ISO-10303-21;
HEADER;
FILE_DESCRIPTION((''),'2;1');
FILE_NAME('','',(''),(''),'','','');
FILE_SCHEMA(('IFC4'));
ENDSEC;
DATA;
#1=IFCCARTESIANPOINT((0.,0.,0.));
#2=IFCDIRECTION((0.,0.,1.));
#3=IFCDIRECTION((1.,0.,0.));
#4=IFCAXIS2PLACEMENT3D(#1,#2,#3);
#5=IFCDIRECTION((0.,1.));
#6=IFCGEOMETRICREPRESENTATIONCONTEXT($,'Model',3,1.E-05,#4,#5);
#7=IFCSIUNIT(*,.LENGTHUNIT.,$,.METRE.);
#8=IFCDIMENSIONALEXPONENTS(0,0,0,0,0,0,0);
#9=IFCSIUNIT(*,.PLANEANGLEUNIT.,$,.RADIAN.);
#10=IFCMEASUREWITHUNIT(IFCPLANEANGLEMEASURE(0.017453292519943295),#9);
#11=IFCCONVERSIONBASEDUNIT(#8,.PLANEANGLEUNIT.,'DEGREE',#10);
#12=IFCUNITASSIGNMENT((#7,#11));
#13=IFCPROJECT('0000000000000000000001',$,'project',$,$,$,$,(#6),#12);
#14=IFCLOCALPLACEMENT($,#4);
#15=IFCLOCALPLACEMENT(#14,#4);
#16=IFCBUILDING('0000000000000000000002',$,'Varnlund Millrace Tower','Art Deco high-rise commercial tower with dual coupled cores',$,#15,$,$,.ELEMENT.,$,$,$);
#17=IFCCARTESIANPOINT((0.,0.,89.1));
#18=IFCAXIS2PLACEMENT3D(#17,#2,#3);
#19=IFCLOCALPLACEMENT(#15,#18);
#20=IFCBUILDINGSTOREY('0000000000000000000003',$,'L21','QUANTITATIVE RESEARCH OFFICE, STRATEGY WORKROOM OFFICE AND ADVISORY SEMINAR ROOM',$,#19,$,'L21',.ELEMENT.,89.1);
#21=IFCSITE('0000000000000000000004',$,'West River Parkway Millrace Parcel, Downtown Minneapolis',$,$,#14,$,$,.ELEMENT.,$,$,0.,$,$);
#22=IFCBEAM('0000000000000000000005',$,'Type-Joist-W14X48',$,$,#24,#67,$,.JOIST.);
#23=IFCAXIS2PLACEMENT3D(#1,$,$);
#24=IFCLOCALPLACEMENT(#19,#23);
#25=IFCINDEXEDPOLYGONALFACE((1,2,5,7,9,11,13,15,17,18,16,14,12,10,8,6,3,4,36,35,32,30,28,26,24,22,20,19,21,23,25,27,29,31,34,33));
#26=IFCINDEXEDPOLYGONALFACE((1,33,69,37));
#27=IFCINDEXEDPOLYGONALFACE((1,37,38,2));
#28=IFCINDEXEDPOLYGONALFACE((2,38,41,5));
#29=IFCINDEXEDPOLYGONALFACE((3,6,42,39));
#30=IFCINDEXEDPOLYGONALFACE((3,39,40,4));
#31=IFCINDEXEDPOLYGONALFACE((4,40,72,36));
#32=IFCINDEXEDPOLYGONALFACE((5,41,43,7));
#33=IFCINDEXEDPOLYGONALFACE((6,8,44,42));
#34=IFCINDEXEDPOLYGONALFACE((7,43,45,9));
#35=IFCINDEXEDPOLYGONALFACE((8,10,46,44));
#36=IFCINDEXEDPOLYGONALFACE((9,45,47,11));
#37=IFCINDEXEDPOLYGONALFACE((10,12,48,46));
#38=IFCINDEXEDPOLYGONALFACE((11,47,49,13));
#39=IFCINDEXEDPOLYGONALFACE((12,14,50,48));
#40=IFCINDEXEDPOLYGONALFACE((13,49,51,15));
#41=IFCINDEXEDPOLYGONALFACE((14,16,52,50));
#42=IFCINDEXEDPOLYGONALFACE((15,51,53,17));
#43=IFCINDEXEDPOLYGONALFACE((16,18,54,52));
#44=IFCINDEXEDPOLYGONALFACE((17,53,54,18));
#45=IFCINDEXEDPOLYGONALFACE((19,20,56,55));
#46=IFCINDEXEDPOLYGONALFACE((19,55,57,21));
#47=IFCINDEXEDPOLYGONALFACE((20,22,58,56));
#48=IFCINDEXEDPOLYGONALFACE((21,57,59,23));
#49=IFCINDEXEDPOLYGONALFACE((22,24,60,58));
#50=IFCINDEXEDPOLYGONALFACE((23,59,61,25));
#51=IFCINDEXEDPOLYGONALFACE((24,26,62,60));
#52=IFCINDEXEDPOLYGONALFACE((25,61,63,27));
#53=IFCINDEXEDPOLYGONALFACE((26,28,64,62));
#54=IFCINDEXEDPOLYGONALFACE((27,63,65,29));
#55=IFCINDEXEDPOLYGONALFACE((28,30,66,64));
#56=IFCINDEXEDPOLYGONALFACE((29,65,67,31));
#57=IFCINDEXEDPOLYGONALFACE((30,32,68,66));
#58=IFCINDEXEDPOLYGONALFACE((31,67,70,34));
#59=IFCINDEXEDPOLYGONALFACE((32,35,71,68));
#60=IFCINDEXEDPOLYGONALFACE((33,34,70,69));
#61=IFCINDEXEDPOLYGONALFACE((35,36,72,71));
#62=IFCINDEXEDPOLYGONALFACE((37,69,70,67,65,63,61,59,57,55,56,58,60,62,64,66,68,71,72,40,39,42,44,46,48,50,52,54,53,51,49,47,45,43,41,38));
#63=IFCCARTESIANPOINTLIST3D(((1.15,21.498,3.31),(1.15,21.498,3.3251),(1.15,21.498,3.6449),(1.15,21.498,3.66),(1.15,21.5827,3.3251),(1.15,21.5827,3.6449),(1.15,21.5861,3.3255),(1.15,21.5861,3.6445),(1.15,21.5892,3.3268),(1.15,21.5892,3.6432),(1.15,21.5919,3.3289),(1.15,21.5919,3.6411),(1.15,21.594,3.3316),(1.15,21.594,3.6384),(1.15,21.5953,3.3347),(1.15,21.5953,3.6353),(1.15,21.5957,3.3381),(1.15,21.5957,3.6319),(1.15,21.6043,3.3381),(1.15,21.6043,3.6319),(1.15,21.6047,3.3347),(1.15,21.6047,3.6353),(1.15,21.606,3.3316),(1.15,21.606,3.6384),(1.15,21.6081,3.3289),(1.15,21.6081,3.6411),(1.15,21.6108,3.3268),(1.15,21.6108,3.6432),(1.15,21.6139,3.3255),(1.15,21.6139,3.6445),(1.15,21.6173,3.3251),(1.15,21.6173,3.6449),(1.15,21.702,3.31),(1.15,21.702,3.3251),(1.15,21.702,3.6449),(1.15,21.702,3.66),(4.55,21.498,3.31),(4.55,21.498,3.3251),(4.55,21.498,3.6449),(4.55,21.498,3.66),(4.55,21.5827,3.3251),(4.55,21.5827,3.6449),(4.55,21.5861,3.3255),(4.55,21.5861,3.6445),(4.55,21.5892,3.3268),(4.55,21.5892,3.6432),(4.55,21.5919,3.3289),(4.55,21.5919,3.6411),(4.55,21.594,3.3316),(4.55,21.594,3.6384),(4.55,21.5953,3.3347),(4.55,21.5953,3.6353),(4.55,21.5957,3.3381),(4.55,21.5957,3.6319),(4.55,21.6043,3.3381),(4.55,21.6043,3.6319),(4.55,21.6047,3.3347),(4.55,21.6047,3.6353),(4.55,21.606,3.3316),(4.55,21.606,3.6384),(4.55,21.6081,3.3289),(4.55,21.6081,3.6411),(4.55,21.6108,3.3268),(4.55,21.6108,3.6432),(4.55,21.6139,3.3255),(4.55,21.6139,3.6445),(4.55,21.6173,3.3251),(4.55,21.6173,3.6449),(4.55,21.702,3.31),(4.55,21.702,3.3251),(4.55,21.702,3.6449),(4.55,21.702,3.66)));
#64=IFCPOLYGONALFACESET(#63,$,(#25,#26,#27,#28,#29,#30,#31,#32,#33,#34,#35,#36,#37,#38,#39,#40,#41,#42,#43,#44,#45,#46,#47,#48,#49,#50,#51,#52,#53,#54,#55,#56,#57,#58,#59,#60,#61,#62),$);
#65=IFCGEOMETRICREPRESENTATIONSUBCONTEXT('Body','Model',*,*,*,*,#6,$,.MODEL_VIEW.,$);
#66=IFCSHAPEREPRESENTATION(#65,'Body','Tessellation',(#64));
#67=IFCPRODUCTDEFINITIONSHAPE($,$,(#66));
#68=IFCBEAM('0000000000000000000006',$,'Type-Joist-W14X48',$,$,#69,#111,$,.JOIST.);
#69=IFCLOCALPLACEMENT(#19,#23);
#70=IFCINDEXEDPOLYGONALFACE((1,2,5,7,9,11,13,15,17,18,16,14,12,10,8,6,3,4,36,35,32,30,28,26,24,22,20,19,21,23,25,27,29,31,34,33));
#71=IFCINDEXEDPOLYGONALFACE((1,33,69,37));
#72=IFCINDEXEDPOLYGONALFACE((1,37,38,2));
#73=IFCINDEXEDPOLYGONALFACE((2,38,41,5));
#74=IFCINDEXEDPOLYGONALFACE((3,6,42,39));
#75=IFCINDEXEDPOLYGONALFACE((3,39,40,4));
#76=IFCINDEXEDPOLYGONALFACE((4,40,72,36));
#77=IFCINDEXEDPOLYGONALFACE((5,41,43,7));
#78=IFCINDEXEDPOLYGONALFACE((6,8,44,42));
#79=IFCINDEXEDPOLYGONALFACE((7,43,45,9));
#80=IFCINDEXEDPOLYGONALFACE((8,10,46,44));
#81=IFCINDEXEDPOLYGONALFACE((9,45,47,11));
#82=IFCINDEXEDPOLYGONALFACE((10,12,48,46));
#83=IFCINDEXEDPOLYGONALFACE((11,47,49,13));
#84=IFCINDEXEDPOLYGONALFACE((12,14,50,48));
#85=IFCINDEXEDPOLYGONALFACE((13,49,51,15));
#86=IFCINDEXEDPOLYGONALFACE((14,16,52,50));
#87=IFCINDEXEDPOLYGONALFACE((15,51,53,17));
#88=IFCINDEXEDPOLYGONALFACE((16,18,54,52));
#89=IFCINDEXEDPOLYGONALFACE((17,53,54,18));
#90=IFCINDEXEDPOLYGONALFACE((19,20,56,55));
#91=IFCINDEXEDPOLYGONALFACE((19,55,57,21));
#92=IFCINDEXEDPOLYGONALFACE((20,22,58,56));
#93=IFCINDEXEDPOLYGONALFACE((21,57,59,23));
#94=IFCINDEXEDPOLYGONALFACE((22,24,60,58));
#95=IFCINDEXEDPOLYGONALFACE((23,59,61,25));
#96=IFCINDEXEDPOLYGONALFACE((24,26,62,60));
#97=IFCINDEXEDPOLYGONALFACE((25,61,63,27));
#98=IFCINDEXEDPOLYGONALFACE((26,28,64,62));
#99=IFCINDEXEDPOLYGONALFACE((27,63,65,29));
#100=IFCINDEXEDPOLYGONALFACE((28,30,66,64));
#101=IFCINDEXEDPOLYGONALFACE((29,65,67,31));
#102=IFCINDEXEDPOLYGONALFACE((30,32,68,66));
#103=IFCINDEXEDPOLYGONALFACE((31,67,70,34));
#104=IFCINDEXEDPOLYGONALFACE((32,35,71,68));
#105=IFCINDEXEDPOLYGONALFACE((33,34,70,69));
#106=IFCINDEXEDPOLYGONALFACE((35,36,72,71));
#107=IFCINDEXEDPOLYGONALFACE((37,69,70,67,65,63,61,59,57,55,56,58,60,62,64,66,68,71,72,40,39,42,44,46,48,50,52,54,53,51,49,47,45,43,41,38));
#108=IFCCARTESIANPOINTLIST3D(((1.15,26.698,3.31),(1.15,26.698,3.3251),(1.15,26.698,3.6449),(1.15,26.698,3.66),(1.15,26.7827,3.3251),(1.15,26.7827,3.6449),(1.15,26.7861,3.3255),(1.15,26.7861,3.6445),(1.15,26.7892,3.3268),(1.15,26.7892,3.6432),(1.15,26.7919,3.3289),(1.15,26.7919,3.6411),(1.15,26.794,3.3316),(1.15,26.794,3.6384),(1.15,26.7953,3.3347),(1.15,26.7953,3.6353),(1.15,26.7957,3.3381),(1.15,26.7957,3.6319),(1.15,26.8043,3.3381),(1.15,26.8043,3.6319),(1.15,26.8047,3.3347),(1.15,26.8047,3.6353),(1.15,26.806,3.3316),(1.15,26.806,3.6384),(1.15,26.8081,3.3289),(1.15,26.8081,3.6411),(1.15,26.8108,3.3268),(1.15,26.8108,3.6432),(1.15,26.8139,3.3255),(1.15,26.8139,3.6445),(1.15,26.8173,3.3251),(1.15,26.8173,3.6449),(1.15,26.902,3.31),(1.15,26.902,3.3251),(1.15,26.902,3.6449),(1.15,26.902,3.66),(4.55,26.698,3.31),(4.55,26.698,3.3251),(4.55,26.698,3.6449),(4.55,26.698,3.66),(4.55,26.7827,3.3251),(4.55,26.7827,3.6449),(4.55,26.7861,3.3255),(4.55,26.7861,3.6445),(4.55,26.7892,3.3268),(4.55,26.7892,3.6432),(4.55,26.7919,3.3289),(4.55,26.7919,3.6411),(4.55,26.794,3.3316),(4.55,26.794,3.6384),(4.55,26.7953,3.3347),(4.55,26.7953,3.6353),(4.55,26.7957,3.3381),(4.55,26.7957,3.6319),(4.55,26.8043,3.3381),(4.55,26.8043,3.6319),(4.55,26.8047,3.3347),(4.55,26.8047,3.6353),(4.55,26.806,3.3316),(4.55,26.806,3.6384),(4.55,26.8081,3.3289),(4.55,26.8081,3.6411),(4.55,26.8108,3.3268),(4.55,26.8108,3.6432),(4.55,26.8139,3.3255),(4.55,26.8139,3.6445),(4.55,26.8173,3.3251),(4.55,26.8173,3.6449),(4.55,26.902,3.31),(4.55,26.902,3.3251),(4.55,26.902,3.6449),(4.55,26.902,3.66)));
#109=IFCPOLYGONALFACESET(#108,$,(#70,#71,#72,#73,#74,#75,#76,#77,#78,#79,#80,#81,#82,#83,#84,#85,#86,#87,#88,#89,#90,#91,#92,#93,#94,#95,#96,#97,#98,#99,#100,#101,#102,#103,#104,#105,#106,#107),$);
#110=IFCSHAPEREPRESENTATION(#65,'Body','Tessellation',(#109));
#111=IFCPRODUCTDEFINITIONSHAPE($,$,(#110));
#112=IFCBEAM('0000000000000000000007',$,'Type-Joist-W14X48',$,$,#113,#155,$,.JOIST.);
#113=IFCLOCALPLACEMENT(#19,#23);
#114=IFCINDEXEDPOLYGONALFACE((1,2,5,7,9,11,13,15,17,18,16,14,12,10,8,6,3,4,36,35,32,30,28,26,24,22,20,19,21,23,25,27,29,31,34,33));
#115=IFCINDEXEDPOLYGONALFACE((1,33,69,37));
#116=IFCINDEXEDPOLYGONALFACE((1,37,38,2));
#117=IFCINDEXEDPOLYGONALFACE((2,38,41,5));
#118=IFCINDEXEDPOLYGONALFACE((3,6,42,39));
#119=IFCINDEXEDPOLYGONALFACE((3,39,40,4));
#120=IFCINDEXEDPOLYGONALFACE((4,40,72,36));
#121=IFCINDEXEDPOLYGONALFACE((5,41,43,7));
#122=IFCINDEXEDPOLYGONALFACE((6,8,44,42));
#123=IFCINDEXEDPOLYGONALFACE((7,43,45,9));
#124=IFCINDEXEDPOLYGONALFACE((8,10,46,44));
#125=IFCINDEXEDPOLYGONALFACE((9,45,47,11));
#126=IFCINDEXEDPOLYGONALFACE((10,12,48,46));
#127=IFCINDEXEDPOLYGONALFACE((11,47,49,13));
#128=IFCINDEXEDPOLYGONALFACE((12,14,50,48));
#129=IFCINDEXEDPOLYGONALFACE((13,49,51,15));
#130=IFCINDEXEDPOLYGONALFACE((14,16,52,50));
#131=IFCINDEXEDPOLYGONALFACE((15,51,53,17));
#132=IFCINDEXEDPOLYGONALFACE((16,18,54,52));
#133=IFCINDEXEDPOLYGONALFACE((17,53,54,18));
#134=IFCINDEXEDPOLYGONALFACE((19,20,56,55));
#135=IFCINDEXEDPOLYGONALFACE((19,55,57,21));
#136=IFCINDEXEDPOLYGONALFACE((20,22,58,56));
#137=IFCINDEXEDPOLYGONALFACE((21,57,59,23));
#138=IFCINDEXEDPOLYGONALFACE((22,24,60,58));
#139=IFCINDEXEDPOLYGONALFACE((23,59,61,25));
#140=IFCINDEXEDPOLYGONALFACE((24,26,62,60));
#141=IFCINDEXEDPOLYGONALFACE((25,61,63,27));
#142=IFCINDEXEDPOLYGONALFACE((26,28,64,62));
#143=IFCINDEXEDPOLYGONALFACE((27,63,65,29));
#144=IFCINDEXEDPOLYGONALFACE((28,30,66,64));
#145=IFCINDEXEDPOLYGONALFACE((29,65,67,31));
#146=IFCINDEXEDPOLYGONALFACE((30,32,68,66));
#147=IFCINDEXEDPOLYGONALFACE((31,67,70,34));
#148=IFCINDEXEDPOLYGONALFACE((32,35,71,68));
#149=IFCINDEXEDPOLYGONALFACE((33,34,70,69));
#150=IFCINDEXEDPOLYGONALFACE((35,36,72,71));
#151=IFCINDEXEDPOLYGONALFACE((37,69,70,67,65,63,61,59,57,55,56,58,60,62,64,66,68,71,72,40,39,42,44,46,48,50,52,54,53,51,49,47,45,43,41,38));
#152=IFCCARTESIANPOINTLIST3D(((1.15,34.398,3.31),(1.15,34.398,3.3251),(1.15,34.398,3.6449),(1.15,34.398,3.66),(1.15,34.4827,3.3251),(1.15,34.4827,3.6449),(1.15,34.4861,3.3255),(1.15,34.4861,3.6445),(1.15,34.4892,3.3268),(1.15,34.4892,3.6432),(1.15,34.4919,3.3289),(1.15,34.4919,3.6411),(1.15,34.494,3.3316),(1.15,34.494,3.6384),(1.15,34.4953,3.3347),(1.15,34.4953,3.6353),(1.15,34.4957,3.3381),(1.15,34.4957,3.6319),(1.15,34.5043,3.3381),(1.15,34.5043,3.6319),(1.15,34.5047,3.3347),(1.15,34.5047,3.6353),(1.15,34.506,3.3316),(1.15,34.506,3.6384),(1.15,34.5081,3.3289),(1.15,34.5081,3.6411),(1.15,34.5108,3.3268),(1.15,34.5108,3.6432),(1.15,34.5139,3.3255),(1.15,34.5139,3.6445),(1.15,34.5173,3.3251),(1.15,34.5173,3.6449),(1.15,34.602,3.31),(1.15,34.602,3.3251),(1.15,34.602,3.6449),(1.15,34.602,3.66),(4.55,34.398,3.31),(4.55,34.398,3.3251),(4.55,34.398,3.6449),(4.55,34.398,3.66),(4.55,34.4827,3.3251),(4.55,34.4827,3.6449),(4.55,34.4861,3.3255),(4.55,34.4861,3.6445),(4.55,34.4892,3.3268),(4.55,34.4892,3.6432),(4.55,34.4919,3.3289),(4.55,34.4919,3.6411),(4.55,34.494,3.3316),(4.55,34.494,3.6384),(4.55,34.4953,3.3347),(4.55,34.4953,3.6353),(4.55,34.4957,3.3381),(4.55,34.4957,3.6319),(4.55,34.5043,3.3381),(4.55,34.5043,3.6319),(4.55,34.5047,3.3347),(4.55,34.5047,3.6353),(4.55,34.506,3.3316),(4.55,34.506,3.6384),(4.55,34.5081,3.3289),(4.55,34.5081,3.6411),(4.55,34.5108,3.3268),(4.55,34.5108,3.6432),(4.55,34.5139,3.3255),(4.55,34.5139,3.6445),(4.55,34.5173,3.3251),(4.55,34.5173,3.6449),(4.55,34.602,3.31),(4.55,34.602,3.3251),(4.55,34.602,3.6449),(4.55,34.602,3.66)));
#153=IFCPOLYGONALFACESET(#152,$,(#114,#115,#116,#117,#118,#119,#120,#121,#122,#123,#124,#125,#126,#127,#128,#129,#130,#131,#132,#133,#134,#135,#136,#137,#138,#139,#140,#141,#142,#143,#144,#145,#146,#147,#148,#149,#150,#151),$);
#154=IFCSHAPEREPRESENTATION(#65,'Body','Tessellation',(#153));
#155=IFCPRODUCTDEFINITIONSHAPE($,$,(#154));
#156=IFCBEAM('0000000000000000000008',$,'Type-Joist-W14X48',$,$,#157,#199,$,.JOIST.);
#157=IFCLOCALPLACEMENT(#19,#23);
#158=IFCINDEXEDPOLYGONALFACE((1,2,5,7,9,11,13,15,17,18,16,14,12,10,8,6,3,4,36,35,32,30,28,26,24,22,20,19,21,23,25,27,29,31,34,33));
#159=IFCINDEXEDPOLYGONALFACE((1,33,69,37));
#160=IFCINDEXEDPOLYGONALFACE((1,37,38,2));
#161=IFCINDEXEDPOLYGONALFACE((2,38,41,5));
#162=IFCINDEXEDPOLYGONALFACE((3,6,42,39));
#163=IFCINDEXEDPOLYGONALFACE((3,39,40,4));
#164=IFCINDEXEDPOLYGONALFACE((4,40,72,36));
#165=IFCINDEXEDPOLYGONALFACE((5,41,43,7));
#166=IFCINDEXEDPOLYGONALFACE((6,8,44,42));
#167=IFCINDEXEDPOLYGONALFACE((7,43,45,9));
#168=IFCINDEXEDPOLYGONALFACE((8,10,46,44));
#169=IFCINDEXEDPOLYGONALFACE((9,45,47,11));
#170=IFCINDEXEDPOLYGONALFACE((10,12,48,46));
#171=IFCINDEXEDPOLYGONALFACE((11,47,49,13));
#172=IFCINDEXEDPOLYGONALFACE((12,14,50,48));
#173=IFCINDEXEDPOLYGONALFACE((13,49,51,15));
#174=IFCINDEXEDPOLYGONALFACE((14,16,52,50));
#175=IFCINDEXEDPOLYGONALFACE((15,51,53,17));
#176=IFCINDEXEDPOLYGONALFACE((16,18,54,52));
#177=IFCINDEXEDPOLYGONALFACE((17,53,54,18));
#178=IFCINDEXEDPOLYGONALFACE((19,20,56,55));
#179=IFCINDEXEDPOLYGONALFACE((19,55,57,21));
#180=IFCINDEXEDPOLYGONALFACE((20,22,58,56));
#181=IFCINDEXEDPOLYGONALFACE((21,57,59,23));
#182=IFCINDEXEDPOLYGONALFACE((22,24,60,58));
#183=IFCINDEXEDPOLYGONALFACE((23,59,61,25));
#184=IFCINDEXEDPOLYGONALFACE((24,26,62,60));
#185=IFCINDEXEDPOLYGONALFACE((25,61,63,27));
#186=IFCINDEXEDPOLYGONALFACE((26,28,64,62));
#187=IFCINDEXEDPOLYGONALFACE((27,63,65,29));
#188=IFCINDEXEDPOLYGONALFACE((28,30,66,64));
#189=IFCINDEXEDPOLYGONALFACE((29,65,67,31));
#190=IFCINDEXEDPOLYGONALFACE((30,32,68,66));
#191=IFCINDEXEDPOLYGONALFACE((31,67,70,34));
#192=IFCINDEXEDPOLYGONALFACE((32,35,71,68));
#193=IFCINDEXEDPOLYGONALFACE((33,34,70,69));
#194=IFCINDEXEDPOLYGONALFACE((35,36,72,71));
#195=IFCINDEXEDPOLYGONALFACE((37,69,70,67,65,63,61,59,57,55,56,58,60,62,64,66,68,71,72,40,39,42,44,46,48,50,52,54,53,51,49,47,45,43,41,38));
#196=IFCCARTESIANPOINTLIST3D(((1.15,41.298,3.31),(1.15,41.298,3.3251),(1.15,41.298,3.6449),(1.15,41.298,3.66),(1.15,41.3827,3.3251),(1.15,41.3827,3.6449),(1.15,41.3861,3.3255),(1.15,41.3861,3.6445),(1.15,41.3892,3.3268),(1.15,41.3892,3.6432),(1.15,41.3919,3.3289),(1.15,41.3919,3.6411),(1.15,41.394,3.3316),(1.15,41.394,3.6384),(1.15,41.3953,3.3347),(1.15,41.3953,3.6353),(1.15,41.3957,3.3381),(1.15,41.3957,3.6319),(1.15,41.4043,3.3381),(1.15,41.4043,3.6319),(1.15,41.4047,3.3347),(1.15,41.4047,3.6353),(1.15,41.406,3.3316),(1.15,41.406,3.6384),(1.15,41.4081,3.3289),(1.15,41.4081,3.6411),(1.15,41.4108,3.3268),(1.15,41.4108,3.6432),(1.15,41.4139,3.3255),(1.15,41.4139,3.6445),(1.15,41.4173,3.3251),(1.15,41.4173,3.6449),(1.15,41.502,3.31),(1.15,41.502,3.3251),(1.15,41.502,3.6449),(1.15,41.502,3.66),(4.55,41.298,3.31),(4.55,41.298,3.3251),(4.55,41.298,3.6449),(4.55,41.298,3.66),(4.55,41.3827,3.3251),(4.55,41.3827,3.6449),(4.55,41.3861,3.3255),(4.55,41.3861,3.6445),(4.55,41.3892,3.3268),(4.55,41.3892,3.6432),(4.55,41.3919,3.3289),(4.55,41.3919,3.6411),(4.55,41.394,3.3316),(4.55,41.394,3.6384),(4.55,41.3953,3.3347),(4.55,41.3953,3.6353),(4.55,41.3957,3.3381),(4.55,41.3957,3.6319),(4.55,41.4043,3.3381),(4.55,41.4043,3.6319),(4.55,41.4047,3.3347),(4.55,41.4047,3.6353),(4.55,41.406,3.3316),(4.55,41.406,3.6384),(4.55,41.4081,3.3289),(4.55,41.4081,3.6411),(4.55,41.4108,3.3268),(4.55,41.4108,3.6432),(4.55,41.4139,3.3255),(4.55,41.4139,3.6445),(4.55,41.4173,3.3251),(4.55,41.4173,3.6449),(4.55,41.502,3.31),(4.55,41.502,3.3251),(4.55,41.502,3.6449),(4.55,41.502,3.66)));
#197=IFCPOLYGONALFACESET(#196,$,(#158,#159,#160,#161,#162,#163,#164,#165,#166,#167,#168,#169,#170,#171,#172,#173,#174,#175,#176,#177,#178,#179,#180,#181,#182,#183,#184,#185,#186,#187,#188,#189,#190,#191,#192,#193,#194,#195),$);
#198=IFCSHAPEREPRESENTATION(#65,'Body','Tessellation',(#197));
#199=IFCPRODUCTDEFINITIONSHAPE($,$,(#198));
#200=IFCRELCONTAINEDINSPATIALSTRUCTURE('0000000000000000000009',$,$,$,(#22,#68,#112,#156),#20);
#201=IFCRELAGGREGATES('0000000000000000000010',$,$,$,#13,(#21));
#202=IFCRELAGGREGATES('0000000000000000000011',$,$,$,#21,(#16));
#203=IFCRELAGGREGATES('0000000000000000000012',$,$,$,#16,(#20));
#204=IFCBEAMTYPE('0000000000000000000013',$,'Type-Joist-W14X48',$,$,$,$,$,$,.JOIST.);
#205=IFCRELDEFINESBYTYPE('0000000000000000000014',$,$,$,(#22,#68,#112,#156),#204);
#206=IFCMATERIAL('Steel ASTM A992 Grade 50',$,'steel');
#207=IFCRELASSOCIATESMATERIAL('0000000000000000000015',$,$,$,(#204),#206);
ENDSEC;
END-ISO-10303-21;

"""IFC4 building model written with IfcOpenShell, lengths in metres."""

from ifc_helpers import new_model, entity, si_unit, converted_unit, direction, frame, origin_with_axes, origin_2d_with_axis, place, context, subcontext, project, spatial, i_section, extrude, material, material_profile, profile_set, type_object, element, save


model = new_model("IFC4")

# Units and contexts
model_context = context("Model", 3, precision=1e-05, world=origin_with_axes(), true_north=direction((0.0, 1.0)))
body_context = subcontext(model_context, "Body", "Model", "MODEL_VIEW")
ifc_project = project(units=[si_unit("LENGTHUNIT", "METRE"), converted_unit("PLANEANGLEUNIT", "DEGREE", entity("IfcPlaneAngleMeasure", 0.017453292519943295), si_unit("PLANEANGLEUNIT", "RADIAN"), dimensions=[0, 0, 0, 0, 0, 0, 0])], contexts=[model_context])

# Site, building, storey
site_placement = place(None, origin_with_axes())
site = spatial("IfcSite", under=ifc_project, at=site_placement, Name="West River Parkway Millrace Parcel, Downtown Minneapolis", CompositionType="ELEMENT", RefElevation=0.0)
building_placement = place(site_placement, origin_with_axes())
building = spatial("IfcBuilding", under=site, at=building_placement, Name="Varnlund Millrace Tower", Description="Art Deco high-rise commercial tower with dual coupled cores", CompositionType="ELEMENT")
storey_placement = place(building_placement, frame((0.0, 0.0, 89.1), z_axis=(0.0, 0.0, 1.0), x_axis=(1.0, 0.0, 0.0)))
storey = spatial("IfcBuildingStorey", under=building, at=storey_placement, Name="L21", Description="QUANTITATIVE RESEARCH OFFICE, STRATEGY WORKROOM OFFICE AND ADVISORY SEMINAR ROOM", LongName="L21", CompositionType="ELEMENT", Elevation=89.1)

# Beams
ifc_material_1 = material(Name="Steel ASTM A992 Grade 50", Category="steel")
ifc_material_profile_1 = material_profile(ifc_material_1, i_section(OverallWidth=0.204, OverallDepth=0.35, WebThickness=0.0086, FlangeThickness=0.0151, FilletRadius=0.013, at=origin_2d_with_axis()), Name="Steel ASTM A992 Grade 50")
ifc_profile_set_1 = profile_set([ifc_material_profile_1], Name="Steel ASTM A992 Grade 50")
beam_type_1 = type_object("IfcBeamType", Name="Type-Joist-W14X48", PredefinedType="JOIST", material=ifc_profile_set_1)
for number, where, z_axis, x_axis, name in (
    (1, (1.15, 21.6, 3.485), (1.0, 0.0, 0.0), (0.0, 1.0, 0.0), "Type-Joist-W14X48"),
    (2, (1.15, 26.8, 3.485), (1.0, 0.0, 0.0), (0.0, 1.0, 0.0), "Type-Joist-W14X48"),
    (3, (1.15, 34.5, 3.485), (1.0, 0.0, 0.0), (0.0, 1.0, 0.0), "Type-Joist-W14X48"),
    (4, (1.15, 41.4, 3.485), (1.0, 0.0, 0.0), (0.0, 1.0, 0.0), "Type-Joist-W14X48"),
):
    element("IfcBeam", number, at=place(storey_placement, frame(where, z_axis=z_axis, x_axis=x_axis)), inside=storey, type_object=beam_type_1, Name=name, PredefinedType="JOIST", context=body_context, shape_type="SweptSolid", body=[
        extrude(i_section(OverallWidth=0.204, OverallDepth=0.35, WebThickness=0.0086, FlangeThickness=0.0151, FilletRadius=0.013, at=origin_2d_with_axis()), origin_with_axes(), (0.0, 0.0, 1.0), 3.4),
    ])

save(model, "model.ifc")
